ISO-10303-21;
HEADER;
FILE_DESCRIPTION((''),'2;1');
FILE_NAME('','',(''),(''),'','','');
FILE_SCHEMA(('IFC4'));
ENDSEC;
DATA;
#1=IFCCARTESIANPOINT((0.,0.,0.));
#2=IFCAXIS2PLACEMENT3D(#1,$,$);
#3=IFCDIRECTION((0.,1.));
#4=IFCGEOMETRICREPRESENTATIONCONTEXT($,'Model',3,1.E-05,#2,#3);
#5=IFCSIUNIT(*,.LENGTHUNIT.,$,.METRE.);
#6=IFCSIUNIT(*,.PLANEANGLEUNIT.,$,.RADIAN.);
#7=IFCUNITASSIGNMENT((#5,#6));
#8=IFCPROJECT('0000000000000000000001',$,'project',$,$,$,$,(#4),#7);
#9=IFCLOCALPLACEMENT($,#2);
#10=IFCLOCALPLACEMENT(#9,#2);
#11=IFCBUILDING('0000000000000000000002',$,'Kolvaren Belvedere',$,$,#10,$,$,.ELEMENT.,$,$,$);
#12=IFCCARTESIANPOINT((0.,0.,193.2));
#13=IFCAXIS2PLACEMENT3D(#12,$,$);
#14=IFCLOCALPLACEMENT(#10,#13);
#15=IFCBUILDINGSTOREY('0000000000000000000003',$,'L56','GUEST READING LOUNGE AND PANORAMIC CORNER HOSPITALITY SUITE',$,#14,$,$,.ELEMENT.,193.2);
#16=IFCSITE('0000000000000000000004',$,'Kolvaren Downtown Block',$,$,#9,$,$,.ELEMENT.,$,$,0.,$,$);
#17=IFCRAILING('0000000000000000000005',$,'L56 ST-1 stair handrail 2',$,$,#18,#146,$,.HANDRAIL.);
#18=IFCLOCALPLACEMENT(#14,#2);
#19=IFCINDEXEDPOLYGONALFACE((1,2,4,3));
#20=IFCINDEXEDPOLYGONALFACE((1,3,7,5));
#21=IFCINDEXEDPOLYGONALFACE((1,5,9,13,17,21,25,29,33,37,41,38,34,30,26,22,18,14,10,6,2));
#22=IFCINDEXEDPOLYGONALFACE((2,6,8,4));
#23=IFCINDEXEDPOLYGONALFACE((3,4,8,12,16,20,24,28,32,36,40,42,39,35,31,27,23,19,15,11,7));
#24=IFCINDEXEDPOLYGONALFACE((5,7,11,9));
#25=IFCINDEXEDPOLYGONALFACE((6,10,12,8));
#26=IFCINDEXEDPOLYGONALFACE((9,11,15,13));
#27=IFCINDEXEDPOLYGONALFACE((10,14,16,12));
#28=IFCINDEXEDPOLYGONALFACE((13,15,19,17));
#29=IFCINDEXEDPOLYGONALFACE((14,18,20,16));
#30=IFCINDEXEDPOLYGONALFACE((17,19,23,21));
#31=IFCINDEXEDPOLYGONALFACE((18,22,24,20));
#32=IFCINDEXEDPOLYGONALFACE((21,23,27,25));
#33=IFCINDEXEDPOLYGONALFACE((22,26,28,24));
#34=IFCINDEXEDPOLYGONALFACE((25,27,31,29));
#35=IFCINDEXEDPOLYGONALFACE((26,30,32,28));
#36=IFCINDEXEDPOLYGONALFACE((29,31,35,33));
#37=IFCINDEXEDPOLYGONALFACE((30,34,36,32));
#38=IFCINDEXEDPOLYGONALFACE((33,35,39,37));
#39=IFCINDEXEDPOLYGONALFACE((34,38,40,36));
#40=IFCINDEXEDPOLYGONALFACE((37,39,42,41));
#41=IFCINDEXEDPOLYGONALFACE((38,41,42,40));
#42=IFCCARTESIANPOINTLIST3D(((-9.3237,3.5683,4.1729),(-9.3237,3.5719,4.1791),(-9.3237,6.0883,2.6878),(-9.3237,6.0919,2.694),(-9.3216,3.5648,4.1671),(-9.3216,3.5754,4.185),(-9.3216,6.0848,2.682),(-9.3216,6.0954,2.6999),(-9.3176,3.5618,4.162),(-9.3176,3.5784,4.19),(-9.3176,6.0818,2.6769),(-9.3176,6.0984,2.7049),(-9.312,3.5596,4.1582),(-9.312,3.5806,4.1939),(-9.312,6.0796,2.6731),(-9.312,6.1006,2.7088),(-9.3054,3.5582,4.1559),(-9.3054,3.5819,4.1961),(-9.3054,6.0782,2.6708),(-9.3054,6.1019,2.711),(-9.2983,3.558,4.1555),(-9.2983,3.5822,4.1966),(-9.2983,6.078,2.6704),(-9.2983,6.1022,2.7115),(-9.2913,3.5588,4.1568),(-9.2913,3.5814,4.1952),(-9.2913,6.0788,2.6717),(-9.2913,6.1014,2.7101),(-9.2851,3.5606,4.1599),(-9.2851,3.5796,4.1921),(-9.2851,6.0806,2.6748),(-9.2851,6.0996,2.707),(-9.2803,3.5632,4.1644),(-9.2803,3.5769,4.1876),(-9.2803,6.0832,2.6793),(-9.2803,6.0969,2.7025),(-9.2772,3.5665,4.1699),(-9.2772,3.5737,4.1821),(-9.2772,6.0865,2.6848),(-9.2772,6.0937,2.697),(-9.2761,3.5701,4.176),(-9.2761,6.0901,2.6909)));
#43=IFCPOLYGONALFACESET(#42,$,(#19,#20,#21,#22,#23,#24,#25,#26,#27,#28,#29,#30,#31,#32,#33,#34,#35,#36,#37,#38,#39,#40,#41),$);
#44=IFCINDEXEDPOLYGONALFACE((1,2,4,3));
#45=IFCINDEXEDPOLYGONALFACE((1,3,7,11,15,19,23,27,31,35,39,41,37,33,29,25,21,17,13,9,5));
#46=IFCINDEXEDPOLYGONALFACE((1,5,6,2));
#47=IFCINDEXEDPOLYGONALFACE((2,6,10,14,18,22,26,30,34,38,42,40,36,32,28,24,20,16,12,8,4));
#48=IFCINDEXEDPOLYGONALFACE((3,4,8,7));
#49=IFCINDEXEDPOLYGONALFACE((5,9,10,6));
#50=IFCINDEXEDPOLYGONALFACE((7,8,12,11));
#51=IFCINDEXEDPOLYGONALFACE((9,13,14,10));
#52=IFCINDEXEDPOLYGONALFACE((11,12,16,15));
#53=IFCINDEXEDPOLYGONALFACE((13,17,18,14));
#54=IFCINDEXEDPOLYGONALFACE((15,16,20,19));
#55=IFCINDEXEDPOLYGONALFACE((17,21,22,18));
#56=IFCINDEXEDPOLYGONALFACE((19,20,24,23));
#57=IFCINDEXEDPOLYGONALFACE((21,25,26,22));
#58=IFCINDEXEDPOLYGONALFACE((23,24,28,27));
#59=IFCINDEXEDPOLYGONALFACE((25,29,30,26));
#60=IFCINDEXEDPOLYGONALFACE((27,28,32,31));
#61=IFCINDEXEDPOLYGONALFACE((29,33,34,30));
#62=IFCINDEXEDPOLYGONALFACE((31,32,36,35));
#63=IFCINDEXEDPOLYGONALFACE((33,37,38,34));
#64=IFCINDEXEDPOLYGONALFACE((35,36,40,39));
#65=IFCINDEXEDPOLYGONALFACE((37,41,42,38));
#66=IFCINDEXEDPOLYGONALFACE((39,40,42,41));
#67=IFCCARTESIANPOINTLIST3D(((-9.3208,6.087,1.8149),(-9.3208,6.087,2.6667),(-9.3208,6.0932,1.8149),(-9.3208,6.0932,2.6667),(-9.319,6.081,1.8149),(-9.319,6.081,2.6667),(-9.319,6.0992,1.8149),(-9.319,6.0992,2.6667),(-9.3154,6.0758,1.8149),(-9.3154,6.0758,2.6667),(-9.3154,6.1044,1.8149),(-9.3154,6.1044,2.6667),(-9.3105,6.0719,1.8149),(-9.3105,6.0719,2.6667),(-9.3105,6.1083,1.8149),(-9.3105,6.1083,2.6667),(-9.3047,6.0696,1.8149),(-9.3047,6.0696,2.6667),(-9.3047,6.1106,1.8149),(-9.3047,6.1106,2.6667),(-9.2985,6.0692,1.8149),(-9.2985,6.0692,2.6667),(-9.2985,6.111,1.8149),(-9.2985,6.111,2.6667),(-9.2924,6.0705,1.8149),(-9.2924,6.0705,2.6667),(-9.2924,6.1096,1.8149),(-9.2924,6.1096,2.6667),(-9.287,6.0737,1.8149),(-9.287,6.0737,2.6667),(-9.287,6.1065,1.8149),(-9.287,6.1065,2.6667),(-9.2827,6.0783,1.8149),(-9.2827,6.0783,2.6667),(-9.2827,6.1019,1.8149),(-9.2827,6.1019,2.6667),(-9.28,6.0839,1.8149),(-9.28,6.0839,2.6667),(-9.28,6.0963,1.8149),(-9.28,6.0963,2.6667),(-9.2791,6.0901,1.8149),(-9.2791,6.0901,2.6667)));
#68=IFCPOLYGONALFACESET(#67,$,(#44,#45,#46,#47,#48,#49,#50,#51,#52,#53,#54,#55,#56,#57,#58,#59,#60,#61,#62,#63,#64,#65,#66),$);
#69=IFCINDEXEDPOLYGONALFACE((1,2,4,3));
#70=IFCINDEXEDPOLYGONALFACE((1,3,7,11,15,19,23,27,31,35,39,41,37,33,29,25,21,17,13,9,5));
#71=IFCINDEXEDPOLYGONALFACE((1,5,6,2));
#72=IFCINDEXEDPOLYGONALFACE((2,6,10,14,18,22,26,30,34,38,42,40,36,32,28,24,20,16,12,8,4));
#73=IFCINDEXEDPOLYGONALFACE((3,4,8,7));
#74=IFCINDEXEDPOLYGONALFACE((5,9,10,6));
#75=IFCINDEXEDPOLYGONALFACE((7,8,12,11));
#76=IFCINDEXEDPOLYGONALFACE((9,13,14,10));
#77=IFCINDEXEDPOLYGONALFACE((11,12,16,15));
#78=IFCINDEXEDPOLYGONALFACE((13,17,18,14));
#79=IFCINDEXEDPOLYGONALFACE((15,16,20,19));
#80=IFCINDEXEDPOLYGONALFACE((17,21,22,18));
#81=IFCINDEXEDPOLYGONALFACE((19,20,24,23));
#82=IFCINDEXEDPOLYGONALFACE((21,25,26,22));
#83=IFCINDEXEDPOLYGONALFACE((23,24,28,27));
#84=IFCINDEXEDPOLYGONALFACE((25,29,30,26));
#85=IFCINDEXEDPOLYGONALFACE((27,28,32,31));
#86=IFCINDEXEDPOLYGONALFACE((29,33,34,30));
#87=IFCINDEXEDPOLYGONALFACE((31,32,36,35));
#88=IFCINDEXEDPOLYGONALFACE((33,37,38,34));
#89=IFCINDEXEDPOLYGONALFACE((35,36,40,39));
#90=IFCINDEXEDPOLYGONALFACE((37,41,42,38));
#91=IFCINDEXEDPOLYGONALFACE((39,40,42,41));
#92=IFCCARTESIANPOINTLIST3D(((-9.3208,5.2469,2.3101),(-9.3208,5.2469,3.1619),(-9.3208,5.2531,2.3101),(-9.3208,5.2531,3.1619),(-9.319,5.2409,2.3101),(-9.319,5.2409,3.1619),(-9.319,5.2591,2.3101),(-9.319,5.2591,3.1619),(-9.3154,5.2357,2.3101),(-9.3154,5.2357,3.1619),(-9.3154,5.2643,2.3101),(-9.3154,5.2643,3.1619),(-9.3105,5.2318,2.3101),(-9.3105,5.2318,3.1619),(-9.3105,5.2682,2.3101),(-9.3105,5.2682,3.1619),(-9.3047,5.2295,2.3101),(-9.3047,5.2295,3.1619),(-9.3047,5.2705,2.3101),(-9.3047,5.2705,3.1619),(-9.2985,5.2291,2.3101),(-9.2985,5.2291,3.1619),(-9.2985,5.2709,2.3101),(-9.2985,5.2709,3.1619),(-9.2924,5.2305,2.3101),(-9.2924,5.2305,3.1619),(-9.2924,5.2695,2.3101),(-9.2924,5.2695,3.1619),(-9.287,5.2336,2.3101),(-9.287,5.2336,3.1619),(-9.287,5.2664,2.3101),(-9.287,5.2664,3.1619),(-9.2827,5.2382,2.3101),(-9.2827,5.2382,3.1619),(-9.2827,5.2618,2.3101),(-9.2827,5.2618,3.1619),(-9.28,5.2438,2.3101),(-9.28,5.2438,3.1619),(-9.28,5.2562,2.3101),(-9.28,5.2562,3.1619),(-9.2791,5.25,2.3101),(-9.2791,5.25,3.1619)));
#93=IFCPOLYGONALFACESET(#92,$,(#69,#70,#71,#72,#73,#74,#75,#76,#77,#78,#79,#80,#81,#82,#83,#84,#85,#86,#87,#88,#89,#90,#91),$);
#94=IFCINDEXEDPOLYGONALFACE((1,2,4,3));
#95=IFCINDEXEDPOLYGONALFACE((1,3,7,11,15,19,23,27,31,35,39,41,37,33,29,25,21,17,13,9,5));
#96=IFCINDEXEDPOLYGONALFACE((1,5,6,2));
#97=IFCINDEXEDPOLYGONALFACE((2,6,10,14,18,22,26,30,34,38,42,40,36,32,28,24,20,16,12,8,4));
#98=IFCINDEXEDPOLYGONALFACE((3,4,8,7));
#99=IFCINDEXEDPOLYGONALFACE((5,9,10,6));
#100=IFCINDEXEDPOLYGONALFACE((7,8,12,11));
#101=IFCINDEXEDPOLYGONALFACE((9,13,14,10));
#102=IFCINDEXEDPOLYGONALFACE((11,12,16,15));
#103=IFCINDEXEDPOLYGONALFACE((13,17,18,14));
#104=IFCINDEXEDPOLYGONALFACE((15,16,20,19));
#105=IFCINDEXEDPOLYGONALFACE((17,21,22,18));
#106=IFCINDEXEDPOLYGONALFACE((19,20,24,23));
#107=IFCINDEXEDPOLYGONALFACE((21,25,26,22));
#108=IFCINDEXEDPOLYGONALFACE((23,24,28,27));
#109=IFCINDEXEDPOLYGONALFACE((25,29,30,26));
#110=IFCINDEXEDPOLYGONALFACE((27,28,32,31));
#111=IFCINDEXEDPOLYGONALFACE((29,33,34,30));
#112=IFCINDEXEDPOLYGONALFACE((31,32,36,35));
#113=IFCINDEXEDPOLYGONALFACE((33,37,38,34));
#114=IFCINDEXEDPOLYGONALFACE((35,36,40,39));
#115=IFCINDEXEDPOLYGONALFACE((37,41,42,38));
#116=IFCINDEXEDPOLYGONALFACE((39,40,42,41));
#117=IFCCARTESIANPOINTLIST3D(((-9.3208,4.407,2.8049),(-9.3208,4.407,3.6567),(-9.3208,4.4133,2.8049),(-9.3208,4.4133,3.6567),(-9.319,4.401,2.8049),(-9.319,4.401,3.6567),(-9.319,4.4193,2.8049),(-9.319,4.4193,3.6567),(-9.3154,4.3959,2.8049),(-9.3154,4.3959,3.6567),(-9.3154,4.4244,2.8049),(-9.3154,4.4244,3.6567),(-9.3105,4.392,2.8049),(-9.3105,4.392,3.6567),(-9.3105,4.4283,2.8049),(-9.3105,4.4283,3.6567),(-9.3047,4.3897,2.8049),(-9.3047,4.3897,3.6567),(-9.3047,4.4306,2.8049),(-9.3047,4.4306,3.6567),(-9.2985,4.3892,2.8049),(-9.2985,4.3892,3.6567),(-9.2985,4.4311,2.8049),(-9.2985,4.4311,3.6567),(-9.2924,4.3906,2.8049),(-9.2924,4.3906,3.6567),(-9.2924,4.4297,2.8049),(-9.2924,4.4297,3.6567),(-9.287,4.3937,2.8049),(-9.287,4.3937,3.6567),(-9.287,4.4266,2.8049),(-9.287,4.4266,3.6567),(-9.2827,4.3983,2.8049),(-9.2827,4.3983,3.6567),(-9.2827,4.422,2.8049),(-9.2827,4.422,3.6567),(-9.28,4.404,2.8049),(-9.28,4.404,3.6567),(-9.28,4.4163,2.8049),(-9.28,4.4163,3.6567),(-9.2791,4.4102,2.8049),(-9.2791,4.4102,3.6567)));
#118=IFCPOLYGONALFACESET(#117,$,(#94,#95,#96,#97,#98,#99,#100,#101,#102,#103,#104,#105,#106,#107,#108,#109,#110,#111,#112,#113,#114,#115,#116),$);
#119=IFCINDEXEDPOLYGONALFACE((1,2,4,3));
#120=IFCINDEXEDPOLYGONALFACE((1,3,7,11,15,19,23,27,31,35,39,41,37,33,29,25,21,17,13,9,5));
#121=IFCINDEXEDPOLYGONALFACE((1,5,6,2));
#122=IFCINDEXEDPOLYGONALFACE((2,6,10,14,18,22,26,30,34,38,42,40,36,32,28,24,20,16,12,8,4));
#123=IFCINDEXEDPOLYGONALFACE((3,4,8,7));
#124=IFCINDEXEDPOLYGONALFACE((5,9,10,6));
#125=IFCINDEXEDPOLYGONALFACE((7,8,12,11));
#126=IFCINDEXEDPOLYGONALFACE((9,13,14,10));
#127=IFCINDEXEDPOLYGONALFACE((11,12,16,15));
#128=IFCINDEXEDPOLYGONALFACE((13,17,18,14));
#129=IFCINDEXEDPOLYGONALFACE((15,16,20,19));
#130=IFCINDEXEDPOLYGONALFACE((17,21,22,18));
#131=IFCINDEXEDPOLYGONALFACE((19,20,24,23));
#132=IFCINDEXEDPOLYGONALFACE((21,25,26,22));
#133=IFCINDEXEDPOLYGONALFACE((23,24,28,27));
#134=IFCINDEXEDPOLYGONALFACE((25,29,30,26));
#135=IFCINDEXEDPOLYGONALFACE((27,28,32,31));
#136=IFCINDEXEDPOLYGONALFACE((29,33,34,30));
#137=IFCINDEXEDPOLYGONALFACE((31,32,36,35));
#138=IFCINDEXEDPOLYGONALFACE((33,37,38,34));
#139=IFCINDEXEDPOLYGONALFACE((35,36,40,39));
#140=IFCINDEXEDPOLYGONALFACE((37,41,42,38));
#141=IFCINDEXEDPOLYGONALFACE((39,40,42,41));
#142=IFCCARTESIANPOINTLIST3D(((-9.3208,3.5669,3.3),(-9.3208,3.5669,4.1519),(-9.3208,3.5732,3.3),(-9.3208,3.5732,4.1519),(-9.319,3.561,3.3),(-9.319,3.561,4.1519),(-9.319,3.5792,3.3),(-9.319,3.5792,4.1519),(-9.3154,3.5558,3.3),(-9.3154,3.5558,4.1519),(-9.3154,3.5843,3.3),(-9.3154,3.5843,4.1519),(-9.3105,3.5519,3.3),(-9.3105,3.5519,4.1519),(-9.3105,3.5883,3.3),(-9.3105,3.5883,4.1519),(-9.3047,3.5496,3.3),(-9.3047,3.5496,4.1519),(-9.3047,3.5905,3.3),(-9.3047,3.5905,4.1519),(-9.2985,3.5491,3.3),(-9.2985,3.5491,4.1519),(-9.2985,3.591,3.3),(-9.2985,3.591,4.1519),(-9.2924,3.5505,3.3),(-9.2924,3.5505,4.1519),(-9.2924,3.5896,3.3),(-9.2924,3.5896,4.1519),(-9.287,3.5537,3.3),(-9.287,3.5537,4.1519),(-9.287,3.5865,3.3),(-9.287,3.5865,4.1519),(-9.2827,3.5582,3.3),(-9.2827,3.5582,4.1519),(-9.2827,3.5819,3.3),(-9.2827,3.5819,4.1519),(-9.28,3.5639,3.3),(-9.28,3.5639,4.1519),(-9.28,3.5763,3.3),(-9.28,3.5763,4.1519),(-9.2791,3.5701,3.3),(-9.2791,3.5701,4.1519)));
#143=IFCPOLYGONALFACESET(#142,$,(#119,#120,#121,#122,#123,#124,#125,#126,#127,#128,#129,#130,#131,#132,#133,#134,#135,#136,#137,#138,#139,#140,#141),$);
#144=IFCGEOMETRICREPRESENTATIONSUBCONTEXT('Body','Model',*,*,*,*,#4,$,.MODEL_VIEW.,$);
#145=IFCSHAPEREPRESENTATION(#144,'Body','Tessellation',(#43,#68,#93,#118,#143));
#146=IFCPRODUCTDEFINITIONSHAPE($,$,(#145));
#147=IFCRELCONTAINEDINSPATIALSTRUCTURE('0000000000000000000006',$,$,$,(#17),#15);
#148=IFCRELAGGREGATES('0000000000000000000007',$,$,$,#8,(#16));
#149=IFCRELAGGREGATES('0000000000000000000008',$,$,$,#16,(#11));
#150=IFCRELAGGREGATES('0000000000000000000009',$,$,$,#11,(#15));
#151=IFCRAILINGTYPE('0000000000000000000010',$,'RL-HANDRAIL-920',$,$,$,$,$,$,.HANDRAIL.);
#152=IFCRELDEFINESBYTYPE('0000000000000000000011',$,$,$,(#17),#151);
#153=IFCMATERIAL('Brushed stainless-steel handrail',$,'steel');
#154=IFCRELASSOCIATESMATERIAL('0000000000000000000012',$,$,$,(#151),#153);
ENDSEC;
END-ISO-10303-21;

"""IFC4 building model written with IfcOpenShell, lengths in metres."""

from ifc_helpers import new_model, si_unit, direction, frame, origin, origin_2d, place, context, subcontext, project, spatial, circle, extrude, material, type_object, element, save


model = new_model("IFC4")

# Units and contexts
model_context = context("Model", 3, precision=1e-05, world=origin(), true_north=direction((0.0, 1.0)))
body_context = subcontext(model_context, "Body", "Model", "MODEL_VIEW")
ifc_project = project(units=[si_unit("LENGTHUNIT", "METRE"), si_unit("PLANEANGLEUNIT", "RADIAN")], contexts=[model_context])

# Site, building, storey
site_placement = place(None, origin())
site = spatial("IfcSite", under=ifc_project, at=site_placement, Name="Kolvaren Downtown Block", CompositionType="ELEMENT", RefElevation=0.0)
building_placement = place(site_placement, origin())
building = spatial("IfcBuilding", under=site, at=building_placement, Name="Kolvaren Belvedere", CompositionType="ELEMENT")
storey_placement = place(building_placement, frame((0.0, 0.0, 193.2)))
storey = spatial("IfcBuildingStorey", under=building, at=storey_placement, Name="L56", Description="GUEST READING LOUNGE AND PANORAMIC CORNER HOSPITALITY SUITE", CompositionType="ELEMENT", Elevation=193.2)

# Railing
ifc_material_1 = material(Name="Brushed stainless-steel handrail", Category="steel")
railing_type_1 = type_object("IfcRailingType", Name="RL-HANDRAIL-920", PredefinedType="HANDRAIL", material=ifc_material_1)
railing_1_placement = place(storey_placement, frame((-9.3, 6.0901, 1.8149)))
element("IfcRailing", 1, at=railing_1_placement, inside=storey, type_object=railing_type_1, Name="L56 ST-1 stair handrail 2", PredefinedType="HANDRAIL", context=body_context, shape_type="SweptSolid", body=[
    extrude(circle(Radius=0.0239, at=origin_2d()), frame((0.0, 0.0, 0.876), z_axis=(0.0, -0.861524, 0.507717), x_axis=(1.0, 0.0, 0.0)), (0.0, 0.0, 1.0), 2.925),
    extrude(circle(Radius=0.021, at=origin_2d()), origin(), (0.0, 0.0, 1.0), 0.8518),
    extrude(circle(Radius=0.021, at=origin_2d()), frame((0.0, -0.8401, 0.4951)), (0.0, 0.0, 1.0), 0.8518),
    extrude(circle(Radius=0.021, at=origin_2d()), frame((0.0, -1.6799, 0.99)), (0.0, 0.0, 1.0), 0.8518),
    extrude(circle(Radius=0.021, at=origin_2d()), frame((0.0, -2.52, 1.4851)), (0.0, 0.0, 1.0), 0.8518),
])

save(model, "model.ifc")
